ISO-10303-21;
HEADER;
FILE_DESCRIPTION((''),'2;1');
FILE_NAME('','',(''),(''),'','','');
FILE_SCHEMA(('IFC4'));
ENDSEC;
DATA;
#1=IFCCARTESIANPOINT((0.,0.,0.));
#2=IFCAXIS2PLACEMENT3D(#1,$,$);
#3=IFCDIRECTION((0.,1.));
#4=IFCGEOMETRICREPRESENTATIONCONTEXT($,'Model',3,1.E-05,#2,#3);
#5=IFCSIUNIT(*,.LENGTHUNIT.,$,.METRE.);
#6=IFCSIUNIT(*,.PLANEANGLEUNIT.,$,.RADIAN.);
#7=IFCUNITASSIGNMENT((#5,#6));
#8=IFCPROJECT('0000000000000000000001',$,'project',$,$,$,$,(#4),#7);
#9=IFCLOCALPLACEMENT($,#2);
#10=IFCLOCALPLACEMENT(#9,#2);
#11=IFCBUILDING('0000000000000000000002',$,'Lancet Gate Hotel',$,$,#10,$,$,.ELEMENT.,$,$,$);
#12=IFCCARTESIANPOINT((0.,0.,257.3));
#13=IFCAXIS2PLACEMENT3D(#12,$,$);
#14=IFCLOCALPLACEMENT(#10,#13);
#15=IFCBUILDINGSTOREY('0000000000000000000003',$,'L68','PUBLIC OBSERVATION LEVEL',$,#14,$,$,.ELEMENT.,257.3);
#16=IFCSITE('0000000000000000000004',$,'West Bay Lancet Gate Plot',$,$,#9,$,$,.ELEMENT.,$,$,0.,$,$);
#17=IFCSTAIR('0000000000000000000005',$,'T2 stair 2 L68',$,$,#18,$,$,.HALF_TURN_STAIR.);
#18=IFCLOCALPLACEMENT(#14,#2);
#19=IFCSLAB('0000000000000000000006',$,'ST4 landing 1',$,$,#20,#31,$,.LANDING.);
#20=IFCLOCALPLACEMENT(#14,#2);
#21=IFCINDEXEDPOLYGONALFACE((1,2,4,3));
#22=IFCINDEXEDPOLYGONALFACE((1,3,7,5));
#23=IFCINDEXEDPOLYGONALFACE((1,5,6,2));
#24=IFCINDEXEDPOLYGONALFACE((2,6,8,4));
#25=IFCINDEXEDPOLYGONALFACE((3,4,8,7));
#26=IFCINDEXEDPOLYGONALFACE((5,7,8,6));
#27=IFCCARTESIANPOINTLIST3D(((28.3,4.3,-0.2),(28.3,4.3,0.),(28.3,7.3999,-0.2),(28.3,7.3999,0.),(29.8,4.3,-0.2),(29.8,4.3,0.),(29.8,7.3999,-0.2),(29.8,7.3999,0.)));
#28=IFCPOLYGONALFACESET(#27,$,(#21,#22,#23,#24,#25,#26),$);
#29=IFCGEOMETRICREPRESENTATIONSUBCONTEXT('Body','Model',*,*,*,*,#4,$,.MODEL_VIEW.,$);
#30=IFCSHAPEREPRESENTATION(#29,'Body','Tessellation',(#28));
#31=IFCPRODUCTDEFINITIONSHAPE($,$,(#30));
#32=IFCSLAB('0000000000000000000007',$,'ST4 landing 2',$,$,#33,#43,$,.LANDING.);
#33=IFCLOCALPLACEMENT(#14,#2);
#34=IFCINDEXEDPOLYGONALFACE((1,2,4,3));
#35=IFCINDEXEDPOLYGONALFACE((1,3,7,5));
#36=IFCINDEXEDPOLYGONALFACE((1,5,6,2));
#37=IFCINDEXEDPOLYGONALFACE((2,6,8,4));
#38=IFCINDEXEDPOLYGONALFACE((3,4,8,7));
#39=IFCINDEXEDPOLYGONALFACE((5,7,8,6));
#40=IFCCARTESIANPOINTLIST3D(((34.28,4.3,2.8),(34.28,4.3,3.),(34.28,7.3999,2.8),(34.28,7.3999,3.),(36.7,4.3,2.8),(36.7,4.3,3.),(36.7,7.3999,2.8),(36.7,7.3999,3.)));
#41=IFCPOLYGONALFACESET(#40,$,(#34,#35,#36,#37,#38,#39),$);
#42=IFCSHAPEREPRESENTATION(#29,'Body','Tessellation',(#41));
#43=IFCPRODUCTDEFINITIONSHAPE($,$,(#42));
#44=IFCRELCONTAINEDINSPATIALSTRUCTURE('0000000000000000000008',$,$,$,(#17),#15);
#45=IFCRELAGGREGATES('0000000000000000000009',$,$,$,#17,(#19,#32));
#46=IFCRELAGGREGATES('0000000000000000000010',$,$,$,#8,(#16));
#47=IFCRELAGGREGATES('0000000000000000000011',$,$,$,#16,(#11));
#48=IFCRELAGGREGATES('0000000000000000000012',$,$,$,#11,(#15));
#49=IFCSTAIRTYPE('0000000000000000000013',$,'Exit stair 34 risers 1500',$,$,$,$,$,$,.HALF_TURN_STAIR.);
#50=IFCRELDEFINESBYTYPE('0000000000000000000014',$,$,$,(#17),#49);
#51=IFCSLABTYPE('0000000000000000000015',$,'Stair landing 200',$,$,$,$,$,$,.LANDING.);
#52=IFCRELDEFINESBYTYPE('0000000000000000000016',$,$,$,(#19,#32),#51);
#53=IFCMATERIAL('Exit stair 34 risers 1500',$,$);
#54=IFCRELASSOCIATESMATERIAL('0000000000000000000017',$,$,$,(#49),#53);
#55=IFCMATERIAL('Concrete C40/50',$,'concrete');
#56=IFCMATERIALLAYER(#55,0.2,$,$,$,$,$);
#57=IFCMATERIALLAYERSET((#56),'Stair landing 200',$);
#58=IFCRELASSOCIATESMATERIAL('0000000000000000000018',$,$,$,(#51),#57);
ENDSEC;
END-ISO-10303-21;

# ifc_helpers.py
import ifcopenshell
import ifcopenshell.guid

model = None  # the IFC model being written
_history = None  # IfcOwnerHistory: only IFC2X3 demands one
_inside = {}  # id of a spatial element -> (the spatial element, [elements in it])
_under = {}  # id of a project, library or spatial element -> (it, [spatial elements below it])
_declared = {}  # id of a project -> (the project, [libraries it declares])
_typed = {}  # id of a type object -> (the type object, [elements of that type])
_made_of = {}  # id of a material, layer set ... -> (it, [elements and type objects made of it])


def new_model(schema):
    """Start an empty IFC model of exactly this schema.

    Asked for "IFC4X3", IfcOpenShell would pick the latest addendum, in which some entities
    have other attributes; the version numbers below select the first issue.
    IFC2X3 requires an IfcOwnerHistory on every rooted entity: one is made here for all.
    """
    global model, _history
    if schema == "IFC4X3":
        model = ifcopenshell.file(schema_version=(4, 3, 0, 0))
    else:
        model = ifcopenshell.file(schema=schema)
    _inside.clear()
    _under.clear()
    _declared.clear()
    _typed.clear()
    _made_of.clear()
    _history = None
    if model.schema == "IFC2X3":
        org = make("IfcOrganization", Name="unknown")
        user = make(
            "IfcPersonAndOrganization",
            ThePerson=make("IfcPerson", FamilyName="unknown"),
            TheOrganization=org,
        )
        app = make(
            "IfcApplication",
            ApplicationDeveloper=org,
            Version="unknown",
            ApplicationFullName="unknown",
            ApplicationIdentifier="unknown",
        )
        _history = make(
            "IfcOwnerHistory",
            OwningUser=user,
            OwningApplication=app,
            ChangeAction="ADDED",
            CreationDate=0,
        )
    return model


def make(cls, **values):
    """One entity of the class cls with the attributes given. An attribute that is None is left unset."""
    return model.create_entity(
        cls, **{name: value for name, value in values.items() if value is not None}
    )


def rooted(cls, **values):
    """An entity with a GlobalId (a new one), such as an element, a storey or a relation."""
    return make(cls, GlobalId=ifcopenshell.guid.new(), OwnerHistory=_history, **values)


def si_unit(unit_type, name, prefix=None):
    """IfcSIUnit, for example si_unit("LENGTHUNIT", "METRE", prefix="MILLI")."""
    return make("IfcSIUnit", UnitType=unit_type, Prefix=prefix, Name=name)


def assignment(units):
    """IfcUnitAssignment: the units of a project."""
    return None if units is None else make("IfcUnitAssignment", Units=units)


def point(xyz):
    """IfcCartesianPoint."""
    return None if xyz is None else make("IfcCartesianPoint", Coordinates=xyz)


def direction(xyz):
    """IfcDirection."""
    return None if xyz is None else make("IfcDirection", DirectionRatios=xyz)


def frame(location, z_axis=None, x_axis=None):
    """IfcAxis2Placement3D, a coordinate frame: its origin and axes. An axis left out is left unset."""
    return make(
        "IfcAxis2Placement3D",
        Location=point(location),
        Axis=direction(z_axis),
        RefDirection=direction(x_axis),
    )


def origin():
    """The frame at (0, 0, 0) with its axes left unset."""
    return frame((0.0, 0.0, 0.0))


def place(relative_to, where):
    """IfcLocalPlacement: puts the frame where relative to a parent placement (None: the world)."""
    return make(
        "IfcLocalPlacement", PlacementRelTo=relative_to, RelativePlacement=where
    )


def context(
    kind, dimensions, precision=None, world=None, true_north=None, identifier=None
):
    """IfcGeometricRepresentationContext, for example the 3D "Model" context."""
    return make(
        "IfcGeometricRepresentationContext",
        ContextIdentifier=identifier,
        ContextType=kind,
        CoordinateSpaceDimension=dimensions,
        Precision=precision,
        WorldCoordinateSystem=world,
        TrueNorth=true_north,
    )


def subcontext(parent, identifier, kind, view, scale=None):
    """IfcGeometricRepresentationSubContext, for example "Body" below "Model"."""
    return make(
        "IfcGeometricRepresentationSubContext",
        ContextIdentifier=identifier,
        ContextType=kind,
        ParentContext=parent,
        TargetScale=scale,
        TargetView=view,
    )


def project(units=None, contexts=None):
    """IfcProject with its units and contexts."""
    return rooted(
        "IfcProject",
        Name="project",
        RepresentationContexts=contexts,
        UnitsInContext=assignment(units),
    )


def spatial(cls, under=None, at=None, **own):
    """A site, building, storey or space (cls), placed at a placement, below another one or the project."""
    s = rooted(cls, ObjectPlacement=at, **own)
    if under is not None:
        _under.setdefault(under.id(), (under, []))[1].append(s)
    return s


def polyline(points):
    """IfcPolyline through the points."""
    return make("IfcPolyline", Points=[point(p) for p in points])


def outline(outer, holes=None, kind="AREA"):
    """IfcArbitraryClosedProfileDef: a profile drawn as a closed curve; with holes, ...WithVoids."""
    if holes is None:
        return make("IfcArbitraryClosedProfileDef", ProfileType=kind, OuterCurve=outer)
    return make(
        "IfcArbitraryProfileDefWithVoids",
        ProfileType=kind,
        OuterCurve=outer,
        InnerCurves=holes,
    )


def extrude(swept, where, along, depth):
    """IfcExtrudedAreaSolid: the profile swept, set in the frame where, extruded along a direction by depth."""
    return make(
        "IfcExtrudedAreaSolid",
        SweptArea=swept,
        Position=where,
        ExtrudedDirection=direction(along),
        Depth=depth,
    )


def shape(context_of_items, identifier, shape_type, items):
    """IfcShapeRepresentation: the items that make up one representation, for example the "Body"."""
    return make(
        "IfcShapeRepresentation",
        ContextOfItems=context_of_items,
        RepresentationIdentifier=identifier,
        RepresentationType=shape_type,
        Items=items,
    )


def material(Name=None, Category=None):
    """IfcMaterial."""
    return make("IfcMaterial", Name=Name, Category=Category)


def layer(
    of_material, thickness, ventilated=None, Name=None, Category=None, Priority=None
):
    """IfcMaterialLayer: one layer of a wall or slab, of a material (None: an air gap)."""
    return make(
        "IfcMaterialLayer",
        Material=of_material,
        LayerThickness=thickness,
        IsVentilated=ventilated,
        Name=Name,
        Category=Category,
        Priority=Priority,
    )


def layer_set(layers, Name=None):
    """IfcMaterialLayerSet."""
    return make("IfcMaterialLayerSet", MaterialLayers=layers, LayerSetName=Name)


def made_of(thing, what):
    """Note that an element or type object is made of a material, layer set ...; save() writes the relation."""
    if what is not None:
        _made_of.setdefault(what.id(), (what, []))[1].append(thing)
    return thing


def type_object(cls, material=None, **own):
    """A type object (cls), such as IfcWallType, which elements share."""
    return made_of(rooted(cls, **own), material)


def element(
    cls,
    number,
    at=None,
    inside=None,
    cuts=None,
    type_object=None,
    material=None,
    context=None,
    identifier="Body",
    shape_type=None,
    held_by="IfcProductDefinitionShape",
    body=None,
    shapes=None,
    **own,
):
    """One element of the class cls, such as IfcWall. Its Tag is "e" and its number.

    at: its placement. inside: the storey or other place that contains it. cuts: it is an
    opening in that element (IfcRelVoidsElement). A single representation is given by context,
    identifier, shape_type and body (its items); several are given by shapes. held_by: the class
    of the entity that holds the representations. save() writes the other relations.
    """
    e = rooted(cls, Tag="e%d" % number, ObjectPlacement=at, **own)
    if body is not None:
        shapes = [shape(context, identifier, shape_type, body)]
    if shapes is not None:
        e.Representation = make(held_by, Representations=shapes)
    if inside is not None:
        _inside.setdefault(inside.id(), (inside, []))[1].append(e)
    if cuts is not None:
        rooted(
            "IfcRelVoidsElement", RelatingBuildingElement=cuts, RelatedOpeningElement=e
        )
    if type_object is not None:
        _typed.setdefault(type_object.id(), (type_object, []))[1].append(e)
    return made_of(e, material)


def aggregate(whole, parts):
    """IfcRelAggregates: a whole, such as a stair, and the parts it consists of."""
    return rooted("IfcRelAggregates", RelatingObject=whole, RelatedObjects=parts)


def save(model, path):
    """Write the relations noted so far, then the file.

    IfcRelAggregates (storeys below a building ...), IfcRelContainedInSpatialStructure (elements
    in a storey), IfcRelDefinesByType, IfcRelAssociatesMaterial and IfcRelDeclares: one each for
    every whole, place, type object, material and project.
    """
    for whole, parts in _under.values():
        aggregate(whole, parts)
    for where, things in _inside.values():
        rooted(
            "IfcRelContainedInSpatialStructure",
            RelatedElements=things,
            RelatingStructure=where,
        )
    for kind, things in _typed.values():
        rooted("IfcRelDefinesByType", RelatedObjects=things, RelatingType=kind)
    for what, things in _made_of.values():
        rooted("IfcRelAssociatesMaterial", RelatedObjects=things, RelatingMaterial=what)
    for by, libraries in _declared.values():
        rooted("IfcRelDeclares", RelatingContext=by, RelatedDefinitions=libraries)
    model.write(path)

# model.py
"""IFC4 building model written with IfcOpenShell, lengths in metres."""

from ifc_helpers import new_model, si_unit, direction, frame, origin, place, context, subcontext, project, spatial, polyline, outline, extrude, material, layer, layer_set, type_object, element, aggregate, save


model = new_model("IFC4")

# Units and contexts
model_context = context("Model", 3, precision=1e-05, world=origin(), true_north=direction((0.0, 1.0)))
body_context = subcontext(model_context, "Body", "Model", "MODEL_VIEW")
ifc_project = project(units=[si_unit("LENGTHUNIT", "METRE"), si_unit("PLANEANGLEUNIT", "RADIAN")], contexts=[model_context])

# Site, building, storey
site_placement = place(None, origin())
site = spatial("IfcSite", under=ifc_project, at=site_placement, Name="West Bay Lancet Gate Plot", CompositionType="ELEMENT", RefElevation=0.0)
building_placement = place(site_placement, origin())
building = spatial("IfcBuilding", under=site, at=building_placement, Name="Lancet Gate Hotel", CompositionType="ELEMENT")
storey_placement = place(building_placement, frame((0.0, 0.0, 257.3)))
storey = spatial("IfcBuildingStorey", under=building, at=storey_placement, Name="L68", Description="PUBLIC OBSERVATION LEVEL", CompositionType="ELEMENT", Elevation=257.3)

# Stair, slabs
ifc_material_1 = material(Name="Exit stair 34 risers 1500")
stair_type = type_object("IfcStairType", Name="Exit stair 34 risers 1500", PredefinedType="HALF_TURN_STAIR", material=ifc_material_1)
ifc_material_2 = material(Name="Concrete C40/50", Category="concrete")
ifc_layer_1 = layer(ifc_material_2, 0.2)
ifc_layer_set_1 = layer_set([ifc_layer_1], Name="Stair landing 200")
slab_type = type_object("IfcSlabType", Name="Stair landing 200", PredefinedType="LANDING", material=ifc_layer_set_1)
stair_1_placement = place(storey_placement, origin())
stair_1 = element("IfcStair", 1, at=stair_1_placement, inside=storey, type_object=stair_type, Name="T2 stair 2 L68", PredefinedType="HALF_TURN_STAIR")
slab_1_placement = place(storey_placement, frame((0.0, 0.0, -0.2)))
slab_1 = element("IfcSlab", 2, at=slab_1_placement, type_object=slab_type, Name="ST4 landing 1", PredefinedType="LANDING", context=body_context, shape_type="SweptSolid", body=[
    extrude(outline(polyline([(28.3, 4.3), (29.8, 4.3), (29.8, 7.3999), (28.3, 7.3999), (28.3, 4.3)])), origin(), (0.0, 0.0, 1.0), 0.2),
])
slab_2_placement = place(storey_placement, frame((0.0, 0.0, 2.8)))
slab_2 = element("IfcSlab", 3, at=slab_2_placement, type_object=slab_type, Name="ST4 landing 2", PredefinedType="LANDING", context=body_context, shape_type="SweptSolid", body=[
    extrude(outline(polyline([(34.28, 4.3), (36.7, 4.3), (36.7, 7.3999), (34.28, 7.3999), (34.28, 4.3)])), origin(), (0.0, 0.0, 1.0), 0.2),
])
aggregate(stair_1, [slab_1, slab_2])

save(model, "model.ifc")
